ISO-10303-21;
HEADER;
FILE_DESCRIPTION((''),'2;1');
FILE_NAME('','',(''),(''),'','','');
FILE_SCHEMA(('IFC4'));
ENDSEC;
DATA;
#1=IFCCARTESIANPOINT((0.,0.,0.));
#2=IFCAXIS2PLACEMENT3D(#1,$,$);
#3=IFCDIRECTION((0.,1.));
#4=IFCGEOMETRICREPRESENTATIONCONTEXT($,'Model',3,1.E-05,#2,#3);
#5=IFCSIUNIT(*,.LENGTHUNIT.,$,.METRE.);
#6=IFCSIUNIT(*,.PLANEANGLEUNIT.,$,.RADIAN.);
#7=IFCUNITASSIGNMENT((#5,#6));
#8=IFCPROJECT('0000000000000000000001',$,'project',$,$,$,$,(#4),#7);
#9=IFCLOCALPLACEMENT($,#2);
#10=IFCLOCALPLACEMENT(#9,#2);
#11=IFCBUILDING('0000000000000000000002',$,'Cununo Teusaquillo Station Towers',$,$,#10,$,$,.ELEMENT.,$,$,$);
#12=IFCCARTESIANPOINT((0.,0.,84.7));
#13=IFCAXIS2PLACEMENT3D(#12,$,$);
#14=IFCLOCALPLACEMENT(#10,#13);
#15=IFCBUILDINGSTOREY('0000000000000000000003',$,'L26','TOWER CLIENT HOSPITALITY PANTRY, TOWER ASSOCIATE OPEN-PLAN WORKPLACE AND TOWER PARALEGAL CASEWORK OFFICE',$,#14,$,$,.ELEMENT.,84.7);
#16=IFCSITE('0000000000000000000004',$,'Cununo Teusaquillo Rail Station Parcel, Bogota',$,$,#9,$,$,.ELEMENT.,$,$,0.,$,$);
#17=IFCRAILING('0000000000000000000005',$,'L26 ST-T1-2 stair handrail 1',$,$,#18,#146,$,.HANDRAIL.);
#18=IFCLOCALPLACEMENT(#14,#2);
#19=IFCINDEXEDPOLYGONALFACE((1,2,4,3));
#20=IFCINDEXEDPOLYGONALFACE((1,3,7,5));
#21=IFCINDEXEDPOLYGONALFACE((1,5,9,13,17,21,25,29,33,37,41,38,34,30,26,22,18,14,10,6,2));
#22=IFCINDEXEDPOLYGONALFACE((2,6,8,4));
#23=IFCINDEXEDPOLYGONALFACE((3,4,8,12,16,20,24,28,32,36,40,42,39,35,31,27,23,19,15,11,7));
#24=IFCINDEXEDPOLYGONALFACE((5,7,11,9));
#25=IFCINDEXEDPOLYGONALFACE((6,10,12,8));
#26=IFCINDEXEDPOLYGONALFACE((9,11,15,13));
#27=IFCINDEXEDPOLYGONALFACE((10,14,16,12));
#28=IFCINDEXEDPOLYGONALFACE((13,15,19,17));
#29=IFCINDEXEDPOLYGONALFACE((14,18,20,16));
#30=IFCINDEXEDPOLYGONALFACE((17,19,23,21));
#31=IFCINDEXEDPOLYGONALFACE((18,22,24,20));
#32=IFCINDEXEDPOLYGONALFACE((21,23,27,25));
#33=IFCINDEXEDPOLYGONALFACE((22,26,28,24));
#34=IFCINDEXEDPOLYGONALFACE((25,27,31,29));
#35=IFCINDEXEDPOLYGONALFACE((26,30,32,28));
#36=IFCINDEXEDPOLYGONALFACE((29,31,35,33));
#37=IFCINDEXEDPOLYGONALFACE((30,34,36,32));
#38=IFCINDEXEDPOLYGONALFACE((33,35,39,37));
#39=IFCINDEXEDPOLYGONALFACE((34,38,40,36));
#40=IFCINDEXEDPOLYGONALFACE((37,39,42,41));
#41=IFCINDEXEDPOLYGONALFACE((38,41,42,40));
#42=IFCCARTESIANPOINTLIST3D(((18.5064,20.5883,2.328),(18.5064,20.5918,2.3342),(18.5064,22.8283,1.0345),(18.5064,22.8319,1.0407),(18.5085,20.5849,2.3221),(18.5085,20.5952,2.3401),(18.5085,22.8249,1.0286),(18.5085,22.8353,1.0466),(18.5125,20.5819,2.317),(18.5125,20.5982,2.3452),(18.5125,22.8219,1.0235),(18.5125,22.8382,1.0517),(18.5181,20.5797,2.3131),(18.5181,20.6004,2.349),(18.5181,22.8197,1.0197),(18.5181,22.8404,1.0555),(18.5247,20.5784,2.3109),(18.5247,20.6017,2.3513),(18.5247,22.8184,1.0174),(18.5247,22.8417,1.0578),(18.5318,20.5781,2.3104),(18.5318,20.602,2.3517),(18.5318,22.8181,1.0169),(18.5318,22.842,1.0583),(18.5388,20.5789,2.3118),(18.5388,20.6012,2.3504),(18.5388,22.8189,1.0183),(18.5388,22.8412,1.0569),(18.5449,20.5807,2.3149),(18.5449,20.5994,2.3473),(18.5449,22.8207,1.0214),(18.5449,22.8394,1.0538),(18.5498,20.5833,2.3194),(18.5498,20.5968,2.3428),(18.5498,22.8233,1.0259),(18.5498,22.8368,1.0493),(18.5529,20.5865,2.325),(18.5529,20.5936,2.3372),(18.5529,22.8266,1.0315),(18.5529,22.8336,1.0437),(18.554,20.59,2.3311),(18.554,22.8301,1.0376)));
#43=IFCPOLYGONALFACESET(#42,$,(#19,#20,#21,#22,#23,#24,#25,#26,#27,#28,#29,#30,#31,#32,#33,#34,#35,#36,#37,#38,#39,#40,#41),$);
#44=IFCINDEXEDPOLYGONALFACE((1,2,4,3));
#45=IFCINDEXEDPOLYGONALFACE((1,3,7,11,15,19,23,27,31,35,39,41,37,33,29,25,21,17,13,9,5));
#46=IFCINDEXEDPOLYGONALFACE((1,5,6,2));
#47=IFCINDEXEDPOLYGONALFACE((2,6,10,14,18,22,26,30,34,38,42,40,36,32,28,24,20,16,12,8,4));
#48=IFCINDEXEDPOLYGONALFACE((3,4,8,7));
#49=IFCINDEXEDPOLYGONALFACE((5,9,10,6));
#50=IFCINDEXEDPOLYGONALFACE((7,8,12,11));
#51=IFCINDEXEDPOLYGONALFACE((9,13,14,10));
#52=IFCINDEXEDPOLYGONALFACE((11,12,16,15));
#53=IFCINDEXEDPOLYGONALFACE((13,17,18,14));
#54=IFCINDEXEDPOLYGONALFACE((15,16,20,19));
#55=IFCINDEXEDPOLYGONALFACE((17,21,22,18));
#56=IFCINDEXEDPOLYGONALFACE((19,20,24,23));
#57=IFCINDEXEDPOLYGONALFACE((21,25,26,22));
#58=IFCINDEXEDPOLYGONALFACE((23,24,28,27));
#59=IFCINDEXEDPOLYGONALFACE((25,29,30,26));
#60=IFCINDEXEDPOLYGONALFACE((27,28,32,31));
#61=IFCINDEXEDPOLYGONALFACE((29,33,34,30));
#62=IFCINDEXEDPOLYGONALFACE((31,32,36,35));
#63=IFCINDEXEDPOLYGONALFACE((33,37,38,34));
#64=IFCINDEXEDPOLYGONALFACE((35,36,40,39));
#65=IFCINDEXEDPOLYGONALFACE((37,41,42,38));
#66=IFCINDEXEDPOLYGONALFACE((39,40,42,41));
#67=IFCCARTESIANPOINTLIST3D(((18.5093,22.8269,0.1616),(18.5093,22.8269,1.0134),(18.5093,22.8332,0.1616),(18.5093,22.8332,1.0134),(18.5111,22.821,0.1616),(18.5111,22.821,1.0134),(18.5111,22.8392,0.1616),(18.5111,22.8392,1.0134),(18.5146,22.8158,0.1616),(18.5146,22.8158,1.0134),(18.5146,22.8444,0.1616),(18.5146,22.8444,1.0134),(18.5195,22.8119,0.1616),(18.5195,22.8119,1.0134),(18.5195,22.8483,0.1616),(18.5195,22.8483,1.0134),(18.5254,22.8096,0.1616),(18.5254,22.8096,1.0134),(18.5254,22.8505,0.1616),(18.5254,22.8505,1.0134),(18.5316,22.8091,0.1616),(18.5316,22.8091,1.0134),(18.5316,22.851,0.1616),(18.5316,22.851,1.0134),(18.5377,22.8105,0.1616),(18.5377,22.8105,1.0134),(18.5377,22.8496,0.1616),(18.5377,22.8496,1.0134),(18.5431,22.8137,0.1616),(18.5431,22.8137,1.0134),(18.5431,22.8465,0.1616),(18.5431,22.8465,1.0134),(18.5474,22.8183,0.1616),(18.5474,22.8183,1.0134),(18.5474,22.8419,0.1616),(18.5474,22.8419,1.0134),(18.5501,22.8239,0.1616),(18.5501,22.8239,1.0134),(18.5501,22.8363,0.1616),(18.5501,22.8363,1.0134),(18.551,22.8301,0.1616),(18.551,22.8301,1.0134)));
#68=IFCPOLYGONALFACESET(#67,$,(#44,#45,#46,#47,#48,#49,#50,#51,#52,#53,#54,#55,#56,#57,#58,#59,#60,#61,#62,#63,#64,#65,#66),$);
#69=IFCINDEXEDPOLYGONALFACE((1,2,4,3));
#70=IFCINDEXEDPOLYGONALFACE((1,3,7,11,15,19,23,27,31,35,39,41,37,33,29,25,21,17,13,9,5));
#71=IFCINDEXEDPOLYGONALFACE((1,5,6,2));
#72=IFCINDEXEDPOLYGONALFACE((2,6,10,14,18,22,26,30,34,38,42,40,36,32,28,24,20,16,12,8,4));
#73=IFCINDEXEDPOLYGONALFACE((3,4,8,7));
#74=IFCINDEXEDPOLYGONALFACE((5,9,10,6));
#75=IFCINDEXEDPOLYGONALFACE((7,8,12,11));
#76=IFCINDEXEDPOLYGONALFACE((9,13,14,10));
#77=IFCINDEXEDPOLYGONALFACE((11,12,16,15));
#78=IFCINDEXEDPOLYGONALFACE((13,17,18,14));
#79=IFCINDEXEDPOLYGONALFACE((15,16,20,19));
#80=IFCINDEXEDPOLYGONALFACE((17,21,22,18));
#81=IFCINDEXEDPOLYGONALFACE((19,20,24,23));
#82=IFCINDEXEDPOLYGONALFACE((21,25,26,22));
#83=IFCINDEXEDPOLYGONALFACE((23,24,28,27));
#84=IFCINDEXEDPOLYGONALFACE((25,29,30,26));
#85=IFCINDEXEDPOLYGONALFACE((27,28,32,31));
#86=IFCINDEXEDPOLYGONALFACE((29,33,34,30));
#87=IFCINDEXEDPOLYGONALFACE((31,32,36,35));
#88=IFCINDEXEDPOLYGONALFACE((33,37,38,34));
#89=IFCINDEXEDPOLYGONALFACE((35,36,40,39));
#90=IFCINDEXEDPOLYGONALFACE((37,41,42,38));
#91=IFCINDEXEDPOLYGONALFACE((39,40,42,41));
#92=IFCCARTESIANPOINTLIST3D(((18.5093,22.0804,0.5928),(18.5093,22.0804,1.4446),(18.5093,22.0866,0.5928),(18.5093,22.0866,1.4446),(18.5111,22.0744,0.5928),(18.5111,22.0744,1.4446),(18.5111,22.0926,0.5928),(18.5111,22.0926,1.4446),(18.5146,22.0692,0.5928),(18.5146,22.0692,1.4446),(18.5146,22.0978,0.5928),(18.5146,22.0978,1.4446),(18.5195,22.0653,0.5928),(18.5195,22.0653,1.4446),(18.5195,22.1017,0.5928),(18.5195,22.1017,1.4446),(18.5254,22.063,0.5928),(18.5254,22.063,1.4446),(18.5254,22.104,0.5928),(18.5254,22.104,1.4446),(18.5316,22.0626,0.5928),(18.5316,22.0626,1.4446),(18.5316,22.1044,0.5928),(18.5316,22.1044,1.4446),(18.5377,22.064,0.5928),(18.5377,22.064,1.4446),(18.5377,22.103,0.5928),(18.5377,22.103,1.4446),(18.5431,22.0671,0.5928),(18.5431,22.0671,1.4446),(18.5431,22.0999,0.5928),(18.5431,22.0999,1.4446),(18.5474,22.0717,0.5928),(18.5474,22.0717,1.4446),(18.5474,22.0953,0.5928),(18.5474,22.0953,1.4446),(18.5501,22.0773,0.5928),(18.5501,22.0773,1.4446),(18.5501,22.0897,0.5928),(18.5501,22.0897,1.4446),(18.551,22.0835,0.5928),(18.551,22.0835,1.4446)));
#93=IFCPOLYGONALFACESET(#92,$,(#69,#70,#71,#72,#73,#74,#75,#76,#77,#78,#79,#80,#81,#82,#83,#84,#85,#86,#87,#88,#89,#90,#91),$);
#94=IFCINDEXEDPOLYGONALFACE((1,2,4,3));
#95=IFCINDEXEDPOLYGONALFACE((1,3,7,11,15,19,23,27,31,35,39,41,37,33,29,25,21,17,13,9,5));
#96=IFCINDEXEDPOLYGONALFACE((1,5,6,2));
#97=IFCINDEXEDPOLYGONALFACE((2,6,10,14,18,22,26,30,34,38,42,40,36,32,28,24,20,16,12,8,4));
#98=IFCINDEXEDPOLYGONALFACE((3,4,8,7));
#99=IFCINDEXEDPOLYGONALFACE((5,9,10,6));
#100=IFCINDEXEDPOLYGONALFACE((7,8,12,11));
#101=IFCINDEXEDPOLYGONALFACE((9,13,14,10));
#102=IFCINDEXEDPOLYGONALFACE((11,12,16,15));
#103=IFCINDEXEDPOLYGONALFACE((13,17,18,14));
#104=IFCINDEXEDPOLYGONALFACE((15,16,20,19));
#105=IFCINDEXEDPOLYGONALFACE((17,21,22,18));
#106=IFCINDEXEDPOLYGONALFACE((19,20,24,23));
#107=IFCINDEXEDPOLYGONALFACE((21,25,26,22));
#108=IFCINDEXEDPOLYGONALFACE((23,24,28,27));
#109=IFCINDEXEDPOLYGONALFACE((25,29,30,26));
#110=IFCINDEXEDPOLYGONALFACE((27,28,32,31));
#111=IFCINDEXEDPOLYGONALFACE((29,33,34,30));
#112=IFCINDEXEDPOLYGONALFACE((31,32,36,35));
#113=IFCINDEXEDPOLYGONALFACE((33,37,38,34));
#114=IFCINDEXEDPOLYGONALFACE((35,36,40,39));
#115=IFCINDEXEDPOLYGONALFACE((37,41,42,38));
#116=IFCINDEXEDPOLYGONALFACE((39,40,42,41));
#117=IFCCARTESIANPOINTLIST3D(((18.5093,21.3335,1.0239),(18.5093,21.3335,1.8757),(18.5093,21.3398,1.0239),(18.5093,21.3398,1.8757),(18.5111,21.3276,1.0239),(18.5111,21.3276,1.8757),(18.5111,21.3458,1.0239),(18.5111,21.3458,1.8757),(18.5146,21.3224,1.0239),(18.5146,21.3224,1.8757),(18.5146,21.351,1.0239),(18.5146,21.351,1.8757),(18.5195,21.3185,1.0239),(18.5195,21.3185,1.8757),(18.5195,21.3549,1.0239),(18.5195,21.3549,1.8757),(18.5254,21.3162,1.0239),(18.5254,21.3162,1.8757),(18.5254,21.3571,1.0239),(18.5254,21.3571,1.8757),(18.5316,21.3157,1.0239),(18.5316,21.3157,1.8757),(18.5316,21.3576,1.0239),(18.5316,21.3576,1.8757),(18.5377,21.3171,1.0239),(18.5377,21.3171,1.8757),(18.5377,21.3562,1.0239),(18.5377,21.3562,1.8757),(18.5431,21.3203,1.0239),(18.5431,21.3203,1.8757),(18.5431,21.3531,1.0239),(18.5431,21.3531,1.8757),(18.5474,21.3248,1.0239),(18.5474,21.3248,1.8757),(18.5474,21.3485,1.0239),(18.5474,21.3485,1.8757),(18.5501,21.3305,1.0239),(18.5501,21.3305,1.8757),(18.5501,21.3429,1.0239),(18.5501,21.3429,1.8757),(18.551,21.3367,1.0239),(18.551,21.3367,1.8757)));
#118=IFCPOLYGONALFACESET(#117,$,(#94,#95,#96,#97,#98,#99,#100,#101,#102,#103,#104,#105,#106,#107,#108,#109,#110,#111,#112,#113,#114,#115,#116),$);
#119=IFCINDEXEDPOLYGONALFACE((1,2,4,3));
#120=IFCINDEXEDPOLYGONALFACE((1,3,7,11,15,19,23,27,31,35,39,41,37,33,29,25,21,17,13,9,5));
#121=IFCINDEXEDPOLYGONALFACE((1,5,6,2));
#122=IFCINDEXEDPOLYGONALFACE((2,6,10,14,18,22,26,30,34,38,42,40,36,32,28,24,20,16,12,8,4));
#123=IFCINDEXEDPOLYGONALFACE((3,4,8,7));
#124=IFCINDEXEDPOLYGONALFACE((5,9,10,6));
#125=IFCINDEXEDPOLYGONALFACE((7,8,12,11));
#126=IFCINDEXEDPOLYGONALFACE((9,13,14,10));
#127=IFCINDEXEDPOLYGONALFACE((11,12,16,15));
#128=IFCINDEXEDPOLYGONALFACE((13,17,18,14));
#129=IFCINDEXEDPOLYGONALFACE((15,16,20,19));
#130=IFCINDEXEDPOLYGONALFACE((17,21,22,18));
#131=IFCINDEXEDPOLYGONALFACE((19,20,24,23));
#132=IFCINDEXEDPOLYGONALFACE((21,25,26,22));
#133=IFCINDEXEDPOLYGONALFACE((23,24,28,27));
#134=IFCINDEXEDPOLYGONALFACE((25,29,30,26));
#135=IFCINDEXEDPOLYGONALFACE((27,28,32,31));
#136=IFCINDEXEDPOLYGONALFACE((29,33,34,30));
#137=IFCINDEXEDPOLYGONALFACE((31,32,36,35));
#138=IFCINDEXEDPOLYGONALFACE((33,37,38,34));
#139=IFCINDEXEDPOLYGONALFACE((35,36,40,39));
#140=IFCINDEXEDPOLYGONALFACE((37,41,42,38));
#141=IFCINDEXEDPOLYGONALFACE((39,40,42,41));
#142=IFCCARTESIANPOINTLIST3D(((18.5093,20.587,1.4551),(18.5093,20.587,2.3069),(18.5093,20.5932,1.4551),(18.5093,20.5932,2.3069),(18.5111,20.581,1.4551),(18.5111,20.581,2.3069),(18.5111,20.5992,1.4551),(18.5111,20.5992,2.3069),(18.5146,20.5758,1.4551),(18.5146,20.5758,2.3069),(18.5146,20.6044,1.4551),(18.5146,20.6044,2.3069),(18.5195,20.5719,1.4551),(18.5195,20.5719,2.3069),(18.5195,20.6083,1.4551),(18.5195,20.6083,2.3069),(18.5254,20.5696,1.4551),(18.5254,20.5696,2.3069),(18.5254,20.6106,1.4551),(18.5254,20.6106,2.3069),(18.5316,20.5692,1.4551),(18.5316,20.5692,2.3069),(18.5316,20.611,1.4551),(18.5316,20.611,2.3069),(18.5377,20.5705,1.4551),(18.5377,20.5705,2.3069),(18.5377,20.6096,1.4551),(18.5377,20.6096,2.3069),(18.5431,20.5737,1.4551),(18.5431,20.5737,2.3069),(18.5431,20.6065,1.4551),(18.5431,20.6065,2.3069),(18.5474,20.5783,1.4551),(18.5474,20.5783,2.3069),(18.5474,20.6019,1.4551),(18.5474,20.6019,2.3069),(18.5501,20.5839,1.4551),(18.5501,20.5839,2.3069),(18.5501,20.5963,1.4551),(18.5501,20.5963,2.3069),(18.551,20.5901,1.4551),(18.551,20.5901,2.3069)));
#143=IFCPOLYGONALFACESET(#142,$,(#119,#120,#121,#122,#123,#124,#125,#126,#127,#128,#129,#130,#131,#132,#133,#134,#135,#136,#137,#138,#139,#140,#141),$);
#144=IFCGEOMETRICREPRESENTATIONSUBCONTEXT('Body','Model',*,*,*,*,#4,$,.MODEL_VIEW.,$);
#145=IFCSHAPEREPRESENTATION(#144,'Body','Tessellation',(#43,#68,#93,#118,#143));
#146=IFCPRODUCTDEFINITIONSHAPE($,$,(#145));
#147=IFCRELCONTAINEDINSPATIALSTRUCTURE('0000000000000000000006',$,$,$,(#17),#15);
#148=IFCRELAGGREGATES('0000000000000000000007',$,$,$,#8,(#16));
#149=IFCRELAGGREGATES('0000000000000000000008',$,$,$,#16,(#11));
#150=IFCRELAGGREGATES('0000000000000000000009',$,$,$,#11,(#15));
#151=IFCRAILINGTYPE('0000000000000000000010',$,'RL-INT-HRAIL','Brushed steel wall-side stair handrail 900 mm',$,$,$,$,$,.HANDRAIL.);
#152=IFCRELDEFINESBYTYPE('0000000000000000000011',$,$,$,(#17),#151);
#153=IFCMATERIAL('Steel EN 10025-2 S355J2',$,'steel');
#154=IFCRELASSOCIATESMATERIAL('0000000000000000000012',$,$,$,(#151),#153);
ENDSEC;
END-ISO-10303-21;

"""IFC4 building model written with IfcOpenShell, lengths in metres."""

from ifc_helpers import new_model, si_unit, direction, frame, origin, origin_2d, place, context, subcontext, project, spatial, circle, extrude, material, type_object, element, save


model = new_model("IFC4")

# Units and contexts
model_context = context("Model", 3, precision=1e-05, world=origin(), true_north=direction((0.0, 1.0)))
body_context = subcontext(model_context, "Body", "Model", "MODEL_VIEW")
ifc_project = project(units=[si_unit("LENGTHUNIT", "METRE"), si_unit("PLANEANGLEUNIT", "RADIAN")], contexts=[model_context])

# Site, building, storey
site_placement = place(None, origin())
site = spatial("IfcSite", under=ifc_project, at=site_placement, Name="Cununo Teusaquillo Rail Station Parcel, Bogota", CompositionType="ELEMENT", RefElevation=0.0)
building_placement = place(site_placement, origin())
building = spatial("IfcBuilding", under=site, at=building_placement, Name="Cununo Teusaquillo Station Towers", CompositionType="ELEMENT")
storey_placement = place(building_placement, frame((0.0, 0.0, 84.7)))
storey = spatial("IfcBuildingStorey", under=building, at=storey_placement, Name="L26", Description="TOWER CLIENT HOSPITALITY PANTRY, TOWER ASSOCIATE OPEN-PLAN WORKPLACE AND TOWER PARALEGAL CASEWORK OFFICE", CompositionType="ELEMENT", Elevation=84.7)

# Railing
ifc_material_1 = material(Name="Steel EN 10025-2 S355J2", Category="steel")
railing_type_1 = type_object("IfcRailingType", Name="RL-INT-HRAIL", Description="Brushed steel wall-side stair handrail 900 mm", PredefinedType="HANDRAIL", material=ifc_material_1)
railing_1_placement = place(storey_placement, frame((18.53, 22.8301, 0.1616)))
element("IfcRailing", 1, at=railing_1_placement, inside=storey, type_object=railing_type_1, Name="L26 ST-T1-2 stair handrail 1", PredefinedType="HANDRAIL", context=body_context, shape_type="SweptSolid", body=[
    extrude(circle(Radius=0.0239, at=origin_2d()), frame((0.0, 0.0, 0.876), z_axis=(0.0, -0.865992, 0.500057), x_axis=(1.0, 0.0, 0.0)), (0.0, 0.0, 1.0), 2.5867),
    extrude(circle(Radius=0.021, at=origin_2d()), origin(), (0.0, 0.0, 1.0), 0.8518),
    extrude(circle(Radius=0.021, at=origin_2d()), frame((0.0, -0.7466, 0.4312)), (0.0, 0.0, 1.0), 0.8518),
    extrude(circle(Radius=0.021, at=origin_2d()), frame((0.0, -1.4934, 0.8623)), (0.0, 0.0, 1.0), 0.8518),
    extrude(circle(Radius=0.021, at=origin_2d()), frame((0.0, -2.24, 1.2935)), (0.0, 0.0, 1.0), 0.8518),
])

save(model, "model.ifc")
